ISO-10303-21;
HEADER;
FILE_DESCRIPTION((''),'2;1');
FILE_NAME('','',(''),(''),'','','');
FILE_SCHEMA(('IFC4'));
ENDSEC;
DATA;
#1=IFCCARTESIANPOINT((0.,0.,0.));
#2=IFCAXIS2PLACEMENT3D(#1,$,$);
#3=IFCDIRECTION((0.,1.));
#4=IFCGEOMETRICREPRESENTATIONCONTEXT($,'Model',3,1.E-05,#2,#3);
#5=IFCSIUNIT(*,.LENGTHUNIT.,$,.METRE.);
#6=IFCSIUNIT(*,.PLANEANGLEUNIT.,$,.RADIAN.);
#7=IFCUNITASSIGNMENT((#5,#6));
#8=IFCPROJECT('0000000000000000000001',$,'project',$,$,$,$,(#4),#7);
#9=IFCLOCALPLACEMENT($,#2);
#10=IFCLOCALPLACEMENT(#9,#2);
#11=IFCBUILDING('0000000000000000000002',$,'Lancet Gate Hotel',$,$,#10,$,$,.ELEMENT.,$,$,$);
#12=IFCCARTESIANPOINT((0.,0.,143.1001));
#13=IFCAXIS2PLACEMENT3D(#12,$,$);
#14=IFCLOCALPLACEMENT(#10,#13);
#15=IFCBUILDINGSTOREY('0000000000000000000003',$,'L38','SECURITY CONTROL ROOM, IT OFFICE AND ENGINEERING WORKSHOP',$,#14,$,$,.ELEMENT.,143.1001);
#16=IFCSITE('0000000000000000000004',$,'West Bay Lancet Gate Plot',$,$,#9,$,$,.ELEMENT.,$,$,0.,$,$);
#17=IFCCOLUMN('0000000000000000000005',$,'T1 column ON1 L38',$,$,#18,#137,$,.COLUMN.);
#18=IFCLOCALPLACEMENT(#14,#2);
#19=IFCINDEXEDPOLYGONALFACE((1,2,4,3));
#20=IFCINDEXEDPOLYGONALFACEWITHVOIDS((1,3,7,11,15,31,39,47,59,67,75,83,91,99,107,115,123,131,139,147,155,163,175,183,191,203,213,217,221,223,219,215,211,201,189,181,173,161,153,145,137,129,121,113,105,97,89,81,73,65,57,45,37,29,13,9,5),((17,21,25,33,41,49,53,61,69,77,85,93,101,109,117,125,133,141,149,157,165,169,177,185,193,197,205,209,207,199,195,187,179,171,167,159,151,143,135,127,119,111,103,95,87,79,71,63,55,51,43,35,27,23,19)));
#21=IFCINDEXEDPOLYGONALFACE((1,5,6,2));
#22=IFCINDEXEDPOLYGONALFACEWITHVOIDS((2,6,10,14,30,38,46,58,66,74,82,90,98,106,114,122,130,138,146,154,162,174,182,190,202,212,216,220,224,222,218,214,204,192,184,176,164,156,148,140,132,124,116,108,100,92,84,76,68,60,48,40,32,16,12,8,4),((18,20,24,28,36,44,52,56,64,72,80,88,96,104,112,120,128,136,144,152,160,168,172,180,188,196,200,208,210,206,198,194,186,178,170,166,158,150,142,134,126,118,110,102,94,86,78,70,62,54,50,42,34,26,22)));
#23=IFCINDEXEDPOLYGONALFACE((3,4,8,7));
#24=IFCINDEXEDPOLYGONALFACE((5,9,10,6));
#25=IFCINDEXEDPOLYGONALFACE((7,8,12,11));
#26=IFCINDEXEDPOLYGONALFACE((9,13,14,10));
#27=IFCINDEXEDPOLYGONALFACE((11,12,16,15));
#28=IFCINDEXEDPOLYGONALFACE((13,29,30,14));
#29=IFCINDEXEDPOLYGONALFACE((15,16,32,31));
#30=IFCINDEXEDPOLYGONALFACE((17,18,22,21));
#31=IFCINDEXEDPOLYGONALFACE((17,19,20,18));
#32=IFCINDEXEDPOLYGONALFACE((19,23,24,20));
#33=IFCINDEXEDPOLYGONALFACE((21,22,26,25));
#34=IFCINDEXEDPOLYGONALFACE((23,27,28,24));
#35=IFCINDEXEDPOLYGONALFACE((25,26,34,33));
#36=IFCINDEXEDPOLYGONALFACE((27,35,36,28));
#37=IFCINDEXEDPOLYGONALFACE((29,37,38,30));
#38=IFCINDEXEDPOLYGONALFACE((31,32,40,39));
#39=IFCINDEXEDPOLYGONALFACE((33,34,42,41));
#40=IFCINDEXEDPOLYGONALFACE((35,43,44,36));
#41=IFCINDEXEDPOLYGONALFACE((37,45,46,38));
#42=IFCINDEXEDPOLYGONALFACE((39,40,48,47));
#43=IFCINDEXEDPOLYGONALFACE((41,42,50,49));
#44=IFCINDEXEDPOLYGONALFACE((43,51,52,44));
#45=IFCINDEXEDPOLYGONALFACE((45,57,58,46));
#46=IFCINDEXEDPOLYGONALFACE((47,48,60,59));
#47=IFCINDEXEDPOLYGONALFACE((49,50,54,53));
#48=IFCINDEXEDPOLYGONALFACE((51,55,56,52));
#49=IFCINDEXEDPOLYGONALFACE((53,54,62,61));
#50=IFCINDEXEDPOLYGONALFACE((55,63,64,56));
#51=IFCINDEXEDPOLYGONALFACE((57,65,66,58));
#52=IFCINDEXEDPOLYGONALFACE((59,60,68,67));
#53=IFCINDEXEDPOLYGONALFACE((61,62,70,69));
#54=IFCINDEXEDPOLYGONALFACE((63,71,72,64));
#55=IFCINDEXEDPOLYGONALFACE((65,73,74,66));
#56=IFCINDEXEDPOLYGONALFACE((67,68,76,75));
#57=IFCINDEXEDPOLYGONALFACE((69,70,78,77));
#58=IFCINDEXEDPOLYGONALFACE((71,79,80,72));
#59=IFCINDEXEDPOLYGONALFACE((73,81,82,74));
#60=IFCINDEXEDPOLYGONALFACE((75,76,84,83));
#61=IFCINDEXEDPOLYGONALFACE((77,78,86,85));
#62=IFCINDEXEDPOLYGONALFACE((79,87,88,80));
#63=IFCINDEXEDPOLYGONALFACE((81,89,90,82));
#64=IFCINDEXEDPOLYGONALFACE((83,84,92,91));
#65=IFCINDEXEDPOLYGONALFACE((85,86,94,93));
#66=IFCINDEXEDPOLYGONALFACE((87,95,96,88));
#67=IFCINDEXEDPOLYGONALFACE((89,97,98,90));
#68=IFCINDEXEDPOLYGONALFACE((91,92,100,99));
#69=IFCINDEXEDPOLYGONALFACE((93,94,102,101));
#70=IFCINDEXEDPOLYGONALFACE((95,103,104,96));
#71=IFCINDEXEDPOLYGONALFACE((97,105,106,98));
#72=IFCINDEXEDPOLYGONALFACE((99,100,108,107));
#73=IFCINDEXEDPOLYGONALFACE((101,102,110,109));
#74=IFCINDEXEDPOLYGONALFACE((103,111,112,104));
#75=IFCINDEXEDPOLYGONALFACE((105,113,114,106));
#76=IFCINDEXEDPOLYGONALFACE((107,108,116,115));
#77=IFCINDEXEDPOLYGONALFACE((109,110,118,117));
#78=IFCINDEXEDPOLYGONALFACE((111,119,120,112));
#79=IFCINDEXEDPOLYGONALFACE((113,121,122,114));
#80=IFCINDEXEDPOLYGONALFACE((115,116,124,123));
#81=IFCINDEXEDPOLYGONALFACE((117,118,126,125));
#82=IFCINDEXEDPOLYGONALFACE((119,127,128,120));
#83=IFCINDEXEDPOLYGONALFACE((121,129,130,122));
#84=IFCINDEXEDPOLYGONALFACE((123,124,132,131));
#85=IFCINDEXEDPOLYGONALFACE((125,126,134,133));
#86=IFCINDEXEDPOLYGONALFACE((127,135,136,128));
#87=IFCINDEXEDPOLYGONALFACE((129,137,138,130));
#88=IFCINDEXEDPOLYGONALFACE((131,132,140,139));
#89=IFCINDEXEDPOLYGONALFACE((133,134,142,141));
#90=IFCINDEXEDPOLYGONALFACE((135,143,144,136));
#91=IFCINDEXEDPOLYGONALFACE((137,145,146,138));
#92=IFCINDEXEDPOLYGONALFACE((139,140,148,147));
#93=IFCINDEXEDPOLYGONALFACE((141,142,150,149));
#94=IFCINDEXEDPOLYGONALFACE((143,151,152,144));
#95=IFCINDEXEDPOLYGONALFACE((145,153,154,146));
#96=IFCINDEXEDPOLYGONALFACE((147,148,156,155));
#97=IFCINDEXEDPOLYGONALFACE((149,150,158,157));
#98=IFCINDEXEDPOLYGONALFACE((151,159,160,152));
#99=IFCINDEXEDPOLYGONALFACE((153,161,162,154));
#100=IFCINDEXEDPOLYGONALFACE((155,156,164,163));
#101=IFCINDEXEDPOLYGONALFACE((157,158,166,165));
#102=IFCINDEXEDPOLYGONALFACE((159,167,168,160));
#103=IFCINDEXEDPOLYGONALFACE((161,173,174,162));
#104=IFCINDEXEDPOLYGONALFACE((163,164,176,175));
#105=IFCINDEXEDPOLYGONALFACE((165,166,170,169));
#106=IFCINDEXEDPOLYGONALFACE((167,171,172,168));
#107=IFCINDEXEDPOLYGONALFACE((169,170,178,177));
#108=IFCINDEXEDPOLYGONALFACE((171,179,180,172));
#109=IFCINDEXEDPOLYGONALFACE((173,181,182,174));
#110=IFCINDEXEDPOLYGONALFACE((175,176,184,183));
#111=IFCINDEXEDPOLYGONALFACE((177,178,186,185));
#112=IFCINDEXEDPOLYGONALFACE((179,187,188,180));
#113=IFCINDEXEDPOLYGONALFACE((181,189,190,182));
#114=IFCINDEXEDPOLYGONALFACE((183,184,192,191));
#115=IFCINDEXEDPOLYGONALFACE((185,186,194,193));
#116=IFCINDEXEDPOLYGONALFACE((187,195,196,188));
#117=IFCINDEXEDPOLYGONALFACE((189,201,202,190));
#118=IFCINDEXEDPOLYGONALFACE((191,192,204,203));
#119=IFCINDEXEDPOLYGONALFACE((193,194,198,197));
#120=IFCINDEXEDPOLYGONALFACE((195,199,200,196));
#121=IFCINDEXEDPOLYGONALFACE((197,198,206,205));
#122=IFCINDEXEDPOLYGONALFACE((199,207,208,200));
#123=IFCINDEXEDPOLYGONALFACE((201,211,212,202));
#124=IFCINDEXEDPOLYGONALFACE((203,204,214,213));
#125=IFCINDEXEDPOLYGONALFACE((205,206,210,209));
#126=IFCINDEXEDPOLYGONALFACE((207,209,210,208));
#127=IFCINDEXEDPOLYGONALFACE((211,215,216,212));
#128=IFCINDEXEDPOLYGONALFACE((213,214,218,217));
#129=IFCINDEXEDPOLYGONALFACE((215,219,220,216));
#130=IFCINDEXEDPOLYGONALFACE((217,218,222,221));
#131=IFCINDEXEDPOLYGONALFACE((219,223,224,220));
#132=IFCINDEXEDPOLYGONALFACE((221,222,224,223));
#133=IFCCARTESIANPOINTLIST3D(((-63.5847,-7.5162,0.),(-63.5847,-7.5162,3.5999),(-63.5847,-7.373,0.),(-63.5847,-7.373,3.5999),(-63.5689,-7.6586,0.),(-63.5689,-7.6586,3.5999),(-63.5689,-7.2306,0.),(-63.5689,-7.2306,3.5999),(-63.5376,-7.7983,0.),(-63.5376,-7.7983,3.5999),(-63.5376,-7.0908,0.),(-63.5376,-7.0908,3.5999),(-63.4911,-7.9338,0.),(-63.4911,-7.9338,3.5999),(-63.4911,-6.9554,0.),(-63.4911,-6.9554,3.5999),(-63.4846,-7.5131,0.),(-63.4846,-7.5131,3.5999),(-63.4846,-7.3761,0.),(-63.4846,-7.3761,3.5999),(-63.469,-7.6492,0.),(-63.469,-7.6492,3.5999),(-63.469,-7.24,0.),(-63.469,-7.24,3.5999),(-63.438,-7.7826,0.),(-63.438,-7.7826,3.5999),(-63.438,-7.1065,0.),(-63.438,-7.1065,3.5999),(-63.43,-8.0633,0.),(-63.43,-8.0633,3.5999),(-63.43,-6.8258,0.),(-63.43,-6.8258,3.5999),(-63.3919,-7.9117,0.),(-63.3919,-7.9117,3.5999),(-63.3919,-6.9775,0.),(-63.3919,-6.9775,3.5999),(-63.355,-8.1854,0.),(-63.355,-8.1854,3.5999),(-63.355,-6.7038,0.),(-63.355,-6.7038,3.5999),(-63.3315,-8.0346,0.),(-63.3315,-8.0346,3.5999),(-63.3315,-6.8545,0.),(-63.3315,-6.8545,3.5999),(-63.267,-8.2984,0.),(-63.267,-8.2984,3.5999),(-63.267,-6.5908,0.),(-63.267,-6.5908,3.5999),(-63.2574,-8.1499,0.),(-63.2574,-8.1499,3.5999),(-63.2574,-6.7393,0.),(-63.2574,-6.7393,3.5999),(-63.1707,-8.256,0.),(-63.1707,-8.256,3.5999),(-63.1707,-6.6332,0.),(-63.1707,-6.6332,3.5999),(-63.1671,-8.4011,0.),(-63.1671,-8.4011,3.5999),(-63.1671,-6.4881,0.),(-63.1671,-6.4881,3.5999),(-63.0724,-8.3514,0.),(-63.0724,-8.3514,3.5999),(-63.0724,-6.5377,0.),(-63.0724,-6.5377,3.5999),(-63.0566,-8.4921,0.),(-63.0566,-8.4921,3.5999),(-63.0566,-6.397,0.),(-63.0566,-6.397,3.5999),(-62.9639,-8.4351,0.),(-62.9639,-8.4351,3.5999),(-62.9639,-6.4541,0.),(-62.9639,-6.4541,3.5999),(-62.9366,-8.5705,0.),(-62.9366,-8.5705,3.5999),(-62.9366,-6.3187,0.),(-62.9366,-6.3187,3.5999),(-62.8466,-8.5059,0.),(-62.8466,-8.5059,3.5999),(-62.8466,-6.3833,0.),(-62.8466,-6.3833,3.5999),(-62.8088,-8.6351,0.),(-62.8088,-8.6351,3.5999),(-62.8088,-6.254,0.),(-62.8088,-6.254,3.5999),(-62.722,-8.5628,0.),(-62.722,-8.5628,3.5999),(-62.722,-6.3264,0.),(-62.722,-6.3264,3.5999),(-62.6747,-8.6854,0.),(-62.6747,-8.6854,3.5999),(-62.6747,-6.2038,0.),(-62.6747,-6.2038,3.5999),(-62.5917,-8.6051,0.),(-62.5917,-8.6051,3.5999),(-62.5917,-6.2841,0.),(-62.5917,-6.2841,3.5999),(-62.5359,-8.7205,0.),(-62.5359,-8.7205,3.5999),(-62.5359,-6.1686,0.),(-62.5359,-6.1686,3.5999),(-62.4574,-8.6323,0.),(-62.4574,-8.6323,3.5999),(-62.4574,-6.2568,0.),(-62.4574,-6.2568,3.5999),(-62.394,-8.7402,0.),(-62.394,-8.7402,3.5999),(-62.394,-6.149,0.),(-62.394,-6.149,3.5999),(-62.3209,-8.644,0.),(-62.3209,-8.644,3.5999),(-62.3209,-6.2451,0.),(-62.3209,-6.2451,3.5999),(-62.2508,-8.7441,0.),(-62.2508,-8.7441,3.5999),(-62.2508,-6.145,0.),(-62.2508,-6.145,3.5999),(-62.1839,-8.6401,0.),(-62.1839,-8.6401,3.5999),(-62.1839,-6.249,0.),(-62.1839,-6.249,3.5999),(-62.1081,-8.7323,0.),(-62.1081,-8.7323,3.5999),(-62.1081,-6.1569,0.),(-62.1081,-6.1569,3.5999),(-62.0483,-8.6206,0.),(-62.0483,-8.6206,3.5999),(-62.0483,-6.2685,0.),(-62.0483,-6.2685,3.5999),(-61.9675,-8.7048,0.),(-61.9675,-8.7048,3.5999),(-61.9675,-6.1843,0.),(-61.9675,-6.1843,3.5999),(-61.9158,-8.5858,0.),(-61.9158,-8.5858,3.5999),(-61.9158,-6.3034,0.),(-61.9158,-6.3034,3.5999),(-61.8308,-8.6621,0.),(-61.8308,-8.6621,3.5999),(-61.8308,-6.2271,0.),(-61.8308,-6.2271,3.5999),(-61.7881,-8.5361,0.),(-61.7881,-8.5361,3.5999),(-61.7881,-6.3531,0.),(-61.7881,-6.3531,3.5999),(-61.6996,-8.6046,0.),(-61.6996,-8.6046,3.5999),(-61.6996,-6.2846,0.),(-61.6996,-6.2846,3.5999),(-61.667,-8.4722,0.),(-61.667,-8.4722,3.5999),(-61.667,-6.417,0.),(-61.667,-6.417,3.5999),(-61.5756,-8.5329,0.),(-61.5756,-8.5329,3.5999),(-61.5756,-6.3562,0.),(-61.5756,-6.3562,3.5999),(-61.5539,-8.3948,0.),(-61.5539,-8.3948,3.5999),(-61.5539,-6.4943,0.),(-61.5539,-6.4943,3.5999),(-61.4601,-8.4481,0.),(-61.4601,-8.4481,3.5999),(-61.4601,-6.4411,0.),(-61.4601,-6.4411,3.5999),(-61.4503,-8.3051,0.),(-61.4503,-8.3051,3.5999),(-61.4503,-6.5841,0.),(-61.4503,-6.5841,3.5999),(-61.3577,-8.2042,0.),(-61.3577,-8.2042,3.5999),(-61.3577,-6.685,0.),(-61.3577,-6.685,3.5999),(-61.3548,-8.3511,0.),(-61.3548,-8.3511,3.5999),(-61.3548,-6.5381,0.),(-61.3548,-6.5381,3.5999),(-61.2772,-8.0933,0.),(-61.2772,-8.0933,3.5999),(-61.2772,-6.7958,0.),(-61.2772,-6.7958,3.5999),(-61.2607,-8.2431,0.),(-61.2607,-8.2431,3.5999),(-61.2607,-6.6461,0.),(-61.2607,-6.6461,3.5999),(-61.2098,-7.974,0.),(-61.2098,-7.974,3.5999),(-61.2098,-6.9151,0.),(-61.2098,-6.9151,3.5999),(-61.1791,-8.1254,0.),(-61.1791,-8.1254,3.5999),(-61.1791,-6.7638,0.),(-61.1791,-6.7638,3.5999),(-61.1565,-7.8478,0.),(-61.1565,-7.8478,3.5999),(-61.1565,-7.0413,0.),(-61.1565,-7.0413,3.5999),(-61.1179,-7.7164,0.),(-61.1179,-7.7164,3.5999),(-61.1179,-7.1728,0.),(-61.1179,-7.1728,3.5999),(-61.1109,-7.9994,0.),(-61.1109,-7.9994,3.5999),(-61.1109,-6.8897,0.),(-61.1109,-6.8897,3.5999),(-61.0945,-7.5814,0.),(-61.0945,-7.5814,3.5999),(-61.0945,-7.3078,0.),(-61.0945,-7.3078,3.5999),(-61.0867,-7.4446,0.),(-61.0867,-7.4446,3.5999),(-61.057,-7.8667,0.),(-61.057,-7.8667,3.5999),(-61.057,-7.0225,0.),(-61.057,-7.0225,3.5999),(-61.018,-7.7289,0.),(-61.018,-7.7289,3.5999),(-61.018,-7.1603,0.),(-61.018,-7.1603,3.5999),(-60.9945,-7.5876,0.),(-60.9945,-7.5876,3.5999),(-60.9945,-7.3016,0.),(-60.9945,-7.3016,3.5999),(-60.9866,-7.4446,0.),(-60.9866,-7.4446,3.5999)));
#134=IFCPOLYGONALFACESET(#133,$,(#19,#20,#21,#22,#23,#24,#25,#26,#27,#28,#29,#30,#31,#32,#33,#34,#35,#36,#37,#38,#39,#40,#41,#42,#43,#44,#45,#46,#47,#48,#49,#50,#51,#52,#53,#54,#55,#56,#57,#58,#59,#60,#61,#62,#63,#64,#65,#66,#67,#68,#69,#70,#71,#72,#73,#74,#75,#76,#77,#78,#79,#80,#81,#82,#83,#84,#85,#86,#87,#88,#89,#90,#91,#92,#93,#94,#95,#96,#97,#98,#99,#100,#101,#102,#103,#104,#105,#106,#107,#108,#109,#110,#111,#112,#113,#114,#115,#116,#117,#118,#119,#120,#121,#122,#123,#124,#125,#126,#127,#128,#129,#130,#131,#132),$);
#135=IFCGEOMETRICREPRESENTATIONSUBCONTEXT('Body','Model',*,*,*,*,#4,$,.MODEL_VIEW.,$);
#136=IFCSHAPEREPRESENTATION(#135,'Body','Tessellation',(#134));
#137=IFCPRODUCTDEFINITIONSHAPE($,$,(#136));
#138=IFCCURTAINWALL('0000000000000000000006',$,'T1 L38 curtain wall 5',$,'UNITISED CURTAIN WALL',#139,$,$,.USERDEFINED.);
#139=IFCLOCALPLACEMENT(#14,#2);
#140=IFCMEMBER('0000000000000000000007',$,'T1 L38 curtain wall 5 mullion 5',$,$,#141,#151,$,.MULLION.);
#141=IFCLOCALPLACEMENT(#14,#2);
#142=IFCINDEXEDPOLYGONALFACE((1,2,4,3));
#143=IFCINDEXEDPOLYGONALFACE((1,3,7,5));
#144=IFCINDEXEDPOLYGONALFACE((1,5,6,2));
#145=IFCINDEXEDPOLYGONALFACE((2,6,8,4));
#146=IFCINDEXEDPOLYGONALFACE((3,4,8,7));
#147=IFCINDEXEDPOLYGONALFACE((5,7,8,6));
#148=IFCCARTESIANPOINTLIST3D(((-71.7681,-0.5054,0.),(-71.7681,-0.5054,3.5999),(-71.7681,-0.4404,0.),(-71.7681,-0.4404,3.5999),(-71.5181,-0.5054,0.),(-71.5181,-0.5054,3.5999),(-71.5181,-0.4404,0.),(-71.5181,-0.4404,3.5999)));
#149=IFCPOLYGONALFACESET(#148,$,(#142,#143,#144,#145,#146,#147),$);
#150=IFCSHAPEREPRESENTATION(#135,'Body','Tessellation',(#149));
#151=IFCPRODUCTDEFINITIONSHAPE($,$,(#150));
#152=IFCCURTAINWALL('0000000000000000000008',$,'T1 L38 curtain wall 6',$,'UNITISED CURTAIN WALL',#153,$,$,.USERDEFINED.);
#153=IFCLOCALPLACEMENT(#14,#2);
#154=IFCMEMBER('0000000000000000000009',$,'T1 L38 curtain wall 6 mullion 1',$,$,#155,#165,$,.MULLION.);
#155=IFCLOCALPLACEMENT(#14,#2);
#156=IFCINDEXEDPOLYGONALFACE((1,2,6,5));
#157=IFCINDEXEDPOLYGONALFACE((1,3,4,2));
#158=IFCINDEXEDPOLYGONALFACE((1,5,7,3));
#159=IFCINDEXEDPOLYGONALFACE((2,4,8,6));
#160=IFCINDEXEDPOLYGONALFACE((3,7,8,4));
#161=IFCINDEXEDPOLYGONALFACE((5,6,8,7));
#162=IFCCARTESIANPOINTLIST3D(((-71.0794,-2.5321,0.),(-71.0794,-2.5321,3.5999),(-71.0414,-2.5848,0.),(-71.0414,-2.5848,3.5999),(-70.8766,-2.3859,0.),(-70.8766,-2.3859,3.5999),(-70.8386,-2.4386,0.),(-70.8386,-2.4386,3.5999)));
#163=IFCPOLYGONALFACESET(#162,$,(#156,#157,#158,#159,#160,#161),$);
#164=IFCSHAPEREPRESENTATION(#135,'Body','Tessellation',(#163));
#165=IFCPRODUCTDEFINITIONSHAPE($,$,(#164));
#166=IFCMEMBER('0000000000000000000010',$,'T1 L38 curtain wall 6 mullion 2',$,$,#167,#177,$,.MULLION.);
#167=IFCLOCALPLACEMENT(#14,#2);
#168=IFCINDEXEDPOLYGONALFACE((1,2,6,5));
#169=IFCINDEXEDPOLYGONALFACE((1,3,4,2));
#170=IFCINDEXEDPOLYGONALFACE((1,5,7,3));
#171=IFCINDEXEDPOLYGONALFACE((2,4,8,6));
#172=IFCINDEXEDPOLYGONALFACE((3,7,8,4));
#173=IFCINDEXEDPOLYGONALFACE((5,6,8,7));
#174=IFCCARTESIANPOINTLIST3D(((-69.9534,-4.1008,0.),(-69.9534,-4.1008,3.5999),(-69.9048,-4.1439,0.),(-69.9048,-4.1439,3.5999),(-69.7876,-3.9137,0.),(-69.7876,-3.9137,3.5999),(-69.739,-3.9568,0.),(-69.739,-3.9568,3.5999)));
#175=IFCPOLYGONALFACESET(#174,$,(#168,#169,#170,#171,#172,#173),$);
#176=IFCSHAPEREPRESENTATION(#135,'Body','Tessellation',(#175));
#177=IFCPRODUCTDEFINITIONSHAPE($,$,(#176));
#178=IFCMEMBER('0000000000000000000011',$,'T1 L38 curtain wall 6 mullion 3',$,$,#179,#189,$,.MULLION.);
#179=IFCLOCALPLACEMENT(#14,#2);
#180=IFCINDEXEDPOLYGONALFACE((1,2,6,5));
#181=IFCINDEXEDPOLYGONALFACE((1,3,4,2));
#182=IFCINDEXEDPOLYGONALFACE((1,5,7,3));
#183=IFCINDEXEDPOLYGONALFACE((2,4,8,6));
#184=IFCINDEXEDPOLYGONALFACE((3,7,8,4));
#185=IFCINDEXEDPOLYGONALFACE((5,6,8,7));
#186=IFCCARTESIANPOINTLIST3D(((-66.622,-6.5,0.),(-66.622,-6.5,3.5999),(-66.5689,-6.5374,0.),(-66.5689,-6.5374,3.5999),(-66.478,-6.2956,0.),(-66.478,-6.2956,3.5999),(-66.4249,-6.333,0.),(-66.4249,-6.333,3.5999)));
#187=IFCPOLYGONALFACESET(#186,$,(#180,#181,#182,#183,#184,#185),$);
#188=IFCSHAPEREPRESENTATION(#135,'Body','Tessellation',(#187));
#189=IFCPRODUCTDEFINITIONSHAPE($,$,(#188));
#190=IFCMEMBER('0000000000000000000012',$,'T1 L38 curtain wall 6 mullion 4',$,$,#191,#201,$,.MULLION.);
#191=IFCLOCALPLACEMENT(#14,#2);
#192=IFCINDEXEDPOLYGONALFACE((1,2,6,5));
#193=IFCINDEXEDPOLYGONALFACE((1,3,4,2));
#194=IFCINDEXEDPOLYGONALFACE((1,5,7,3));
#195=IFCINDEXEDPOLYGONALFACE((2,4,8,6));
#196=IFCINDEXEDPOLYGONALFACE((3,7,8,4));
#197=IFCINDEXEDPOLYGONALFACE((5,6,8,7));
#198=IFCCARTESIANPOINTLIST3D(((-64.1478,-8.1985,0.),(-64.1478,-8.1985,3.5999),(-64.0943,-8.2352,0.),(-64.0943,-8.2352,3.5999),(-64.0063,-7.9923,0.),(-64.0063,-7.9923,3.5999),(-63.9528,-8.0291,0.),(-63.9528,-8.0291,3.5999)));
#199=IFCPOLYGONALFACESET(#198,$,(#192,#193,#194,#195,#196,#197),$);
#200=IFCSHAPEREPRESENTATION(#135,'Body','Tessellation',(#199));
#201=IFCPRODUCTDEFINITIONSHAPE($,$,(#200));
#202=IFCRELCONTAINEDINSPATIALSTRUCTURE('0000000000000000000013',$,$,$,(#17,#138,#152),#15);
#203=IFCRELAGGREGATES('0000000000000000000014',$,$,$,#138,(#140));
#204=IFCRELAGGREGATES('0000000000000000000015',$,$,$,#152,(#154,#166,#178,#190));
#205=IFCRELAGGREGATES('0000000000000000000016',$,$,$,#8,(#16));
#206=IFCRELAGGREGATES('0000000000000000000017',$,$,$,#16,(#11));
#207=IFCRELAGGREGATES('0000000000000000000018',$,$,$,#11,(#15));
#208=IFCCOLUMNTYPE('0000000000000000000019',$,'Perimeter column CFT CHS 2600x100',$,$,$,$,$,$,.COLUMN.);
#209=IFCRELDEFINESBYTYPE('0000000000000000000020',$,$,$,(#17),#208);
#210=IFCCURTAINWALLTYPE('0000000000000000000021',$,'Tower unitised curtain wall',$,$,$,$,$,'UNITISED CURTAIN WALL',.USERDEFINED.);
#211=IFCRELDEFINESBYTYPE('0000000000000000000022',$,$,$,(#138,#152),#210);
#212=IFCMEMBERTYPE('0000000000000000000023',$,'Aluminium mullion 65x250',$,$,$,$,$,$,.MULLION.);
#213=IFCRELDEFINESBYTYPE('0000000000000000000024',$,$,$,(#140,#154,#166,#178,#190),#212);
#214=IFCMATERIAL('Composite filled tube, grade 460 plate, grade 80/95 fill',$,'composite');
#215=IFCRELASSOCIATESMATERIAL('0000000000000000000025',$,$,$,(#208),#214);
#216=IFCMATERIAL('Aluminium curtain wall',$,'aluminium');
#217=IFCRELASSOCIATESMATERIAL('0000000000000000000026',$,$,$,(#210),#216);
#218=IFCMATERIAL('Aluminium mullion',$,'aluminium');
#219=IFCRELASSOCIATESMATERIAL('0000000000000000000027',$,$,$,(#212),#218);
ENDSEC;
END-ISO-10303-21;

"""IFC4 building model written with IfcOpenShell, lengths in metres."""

from ifc_helpers import new_model, si_unit, direction, frame, origin, origin_2d, place, context, subcontext, project, spatial, rectangle, hollow_circle, extrude, material, material_profile, profile_set, type_object, element, aggregate, save


model = new_model("IFC4")

# Units and contexts
model_context = context("Model", 3, precision=1e-05, world=origin(), true_north=direction((0.0, 1.0)))
body_context = subcontext(model_context, "Body", "Model", "MODEL_VIEW")
ifc_project = project(units=[si_unit("LENGTHUNIT", "METRE"), si_unit("PLANEANGLEUNIT", "RADIAN")], contexts=[model_context])

# Site, building, storey
site_placement = place(None, origin())
site = spatial("IfcSite", under=ifc_project, at=site_placement, Name="West Bay Lancet Gate Plot", CompositionType="ELEMENT", RefElevation=0.0)
building_placement = place(site_placement, origin())
building = spatial("IfcBuilding", under=site, at=building_placement, Name="Lancet Gate Hotel", CompositionType="ELEMENT")
storey_placement = place(building_placement, frame((0.0, 0.0, 143.1001)))
storey = spatial("IfcBuildingStorey", under=building, at=storey_placement, Name="L38", Description="SECURITY CONTROL ROOM, IT OFFICE AND ENGINEERING WORKSHOP", CompositionType="ELEMENT", Elevation=143.1001)

# Column
ifc_material_1 = material(Name="Composite filled tube, grade 460 plate, grade 80/95 fill", Category="composite")
ifc_material_profile_1 = material_profile(ifc_material_1, hollow_circle(Radius=1.3, WallThickness=0.1001, at=origin_2d()), Name="CHS 2600x100")
ifc_profile_set_1 = profile_set([ifc_material_profile_1], Name="Composite filled tube, grade 460 plate, grade 80/95 fill")
column_type_1 = type_object("IfcColumnType", Name="Perimeter column CFT CHS 2600x100", PredefinedType="COLUMN", material=ifc_profile_set_1)
column_1_placement = place(storey_placement, frame((-62.2866, -7.4446, 0.0), z_axis=(0.0, 0.0, 1.0), x_axis=(1.0, 0.0, 0.0)))
element("IfcColumn", 1, at=column_1_placement, inside=storey, type_object=column_type_1, Name="T1 column ON1 L38", PredefinedType="COLUMN", context=body_context, shape_type="SweptSolid", body=[
    extrude(hollow_circle(Radius=1.3, WallThickness=0.1001, at=origin_2d()), origin(), (0.0, 0.0, 1.0), 3.5999),
])

# Curtain wall, member
ifc_material_2 = material(Name="Aluminium curtain wall", Category="aluminium")
curtain_wall_type = type_object("IfcCurtainWallType", Name="Tower unitised curtain wall", ElementType="UNITISED CURTAIN WALL", PredefinedType="USERDEFINED", material=ifc_material_2)
curtain_wall_1_placement = place(storey_placement, origin())
curtain_wall_1 = element("IfcCurtainWall", 2, at=curtain_wall_1_placement, inside=storey, type_object=curtain_wall_type, Name="T1 L38 curtain wall 5", ObjectType="UNITISED CURTAIN WALL", PredefinedType="USERDEFINED")
ifc_material_3 = material(Name="Aluminium mullion", Category="aluminium")
ifc_material_profile_2 = material_profile(ifc_material_3, rectangle(XDim=0.0649, YDim=0.25, at=origin_2d()), Name="MULLION 65x250")
ifc_profile_set_2 = profile_set([ifc_material_profile_2], Name="Aluminium mullion")
member_type_1 = type_object("IfcMemberType", Name="Aluminium mullion 65x250", PredefinedType="MULLION", material=ifc_profile_set_2)
member_1_placement = place(storey_placement, frame((-71.6431, -0.4729, 0.0), z_axis=(0.0, 0.0, 1.0), x_axis=(0.0, -1.0, 0.0)))
member_1 = element("IfcMember", 3, at=member_1_placement, type_object=member_type_1, Name="T1 L38 curtain wall 5 mullion 5", PredefinedType="MULLION", context=body_context, shape_type="SweptSolid", body=[
    extrude(rectangle(XDim=0.0649, YDim=0.25, at=origin_2d()), origin(), (0.0, 0.0, 1.0), 3.5999),
])

# Curtain wall, members
curtain_wall_2_placement = place(storey_placement, origin())
curtain_wall_2 = element("IfcCurtainWall", 4, at=curtain_wall_2_placement, inside=storey, type_object=curtain_wall_type, Name="T1 L38 curtain wall 6", ObjectType="UNITISED CURTAIN WALL", PredefinedType="USERDEFINED")
member_2_placement = place(storey_placement, frame((-70.959, -2.4854, 0.0), z_axis=(0.0, 0.0, 1.0), x_axis=(0.584809, -0.811171, 0.0)))
member_2 = element("IfcMember", 5, at=member_2_placement, type_object=member_type_1, Name="T1 L38 curtain wall 6 mullion 1", PredefinedType="MULLION", context=body_context, shape_type="SweptSolid", body=[
    extrude(rectangle(XDim=0.0649, YDim=0.25, at=origin_2d()), origin(), (0.0, 0.0, 1.0), 3.5999),
])
member_3_placement = place(storey_placement, frame((-69.8462, -4.0288, 0.0), z_axis=(0.0, 0.0, 1.0), x_axis=(0.748383, -0.663266, 0.0)))
member_3 = element("IfcMember", 6, at=member_3_placement, type_object=member_type_1, Name="T1 L38 curtain wall 6 mullion 2", PredefinedType="MULLION", context=body_context, shape_type="SweptSolid", body=[
    extrude(rectangle(XDim=0.0649, YDim=0.25, at=origin_2d()), origin(), (0.0, 0.0, 1.0), 3.5999),
])
member_4_placement = place(storey_placement, frame((-66.5234, -6.4165, 0.0), z_axis=(0.0, 0.0, 1.0), x_axis=(0.817373, -0.576109, 0.0)))
member_4 = element("IfcMember", 7, at=member_4_placement, type_object=member_type_1, Name="T1 L38 curtain wall 6 mullion 3", PredefinedType="MULLION", context=body_context, shape_type="SweptSolid", body=[
    extrude(rectangle(XDim=0.0649, YDim=0.25, at=origin_2d()), origin(), (0.0, 0.0, 1.0), 3.5999),
])
member_5_placement = place(storey_placement, frame((-64.0503, -8.1138, 0.0), z_axis=(0.0, 0.0, 1.0), x_axis=(0.824466, -0.565911, 0.0)))
member_5 = element("IfcMember", 8, at=member_5_placement, type_object=member_type_1, Name="T1 L38 curtain wall 6 mullion 4", PredefinedType="MULLION", context=body_context, shape_type="SweptSolid", body=[
    extrude(rectangle(XDim=0.0649, YDim=0.25, at=origin_2d()), origin(), (0.0, 0.0, 1.0), 3.5999),
])

aggregate(curtain_wall_1, [member_1])
aggregate(curtain_wall_2, [member_2, member_3, member_4, member_5])

save(model, "model.ifc")
